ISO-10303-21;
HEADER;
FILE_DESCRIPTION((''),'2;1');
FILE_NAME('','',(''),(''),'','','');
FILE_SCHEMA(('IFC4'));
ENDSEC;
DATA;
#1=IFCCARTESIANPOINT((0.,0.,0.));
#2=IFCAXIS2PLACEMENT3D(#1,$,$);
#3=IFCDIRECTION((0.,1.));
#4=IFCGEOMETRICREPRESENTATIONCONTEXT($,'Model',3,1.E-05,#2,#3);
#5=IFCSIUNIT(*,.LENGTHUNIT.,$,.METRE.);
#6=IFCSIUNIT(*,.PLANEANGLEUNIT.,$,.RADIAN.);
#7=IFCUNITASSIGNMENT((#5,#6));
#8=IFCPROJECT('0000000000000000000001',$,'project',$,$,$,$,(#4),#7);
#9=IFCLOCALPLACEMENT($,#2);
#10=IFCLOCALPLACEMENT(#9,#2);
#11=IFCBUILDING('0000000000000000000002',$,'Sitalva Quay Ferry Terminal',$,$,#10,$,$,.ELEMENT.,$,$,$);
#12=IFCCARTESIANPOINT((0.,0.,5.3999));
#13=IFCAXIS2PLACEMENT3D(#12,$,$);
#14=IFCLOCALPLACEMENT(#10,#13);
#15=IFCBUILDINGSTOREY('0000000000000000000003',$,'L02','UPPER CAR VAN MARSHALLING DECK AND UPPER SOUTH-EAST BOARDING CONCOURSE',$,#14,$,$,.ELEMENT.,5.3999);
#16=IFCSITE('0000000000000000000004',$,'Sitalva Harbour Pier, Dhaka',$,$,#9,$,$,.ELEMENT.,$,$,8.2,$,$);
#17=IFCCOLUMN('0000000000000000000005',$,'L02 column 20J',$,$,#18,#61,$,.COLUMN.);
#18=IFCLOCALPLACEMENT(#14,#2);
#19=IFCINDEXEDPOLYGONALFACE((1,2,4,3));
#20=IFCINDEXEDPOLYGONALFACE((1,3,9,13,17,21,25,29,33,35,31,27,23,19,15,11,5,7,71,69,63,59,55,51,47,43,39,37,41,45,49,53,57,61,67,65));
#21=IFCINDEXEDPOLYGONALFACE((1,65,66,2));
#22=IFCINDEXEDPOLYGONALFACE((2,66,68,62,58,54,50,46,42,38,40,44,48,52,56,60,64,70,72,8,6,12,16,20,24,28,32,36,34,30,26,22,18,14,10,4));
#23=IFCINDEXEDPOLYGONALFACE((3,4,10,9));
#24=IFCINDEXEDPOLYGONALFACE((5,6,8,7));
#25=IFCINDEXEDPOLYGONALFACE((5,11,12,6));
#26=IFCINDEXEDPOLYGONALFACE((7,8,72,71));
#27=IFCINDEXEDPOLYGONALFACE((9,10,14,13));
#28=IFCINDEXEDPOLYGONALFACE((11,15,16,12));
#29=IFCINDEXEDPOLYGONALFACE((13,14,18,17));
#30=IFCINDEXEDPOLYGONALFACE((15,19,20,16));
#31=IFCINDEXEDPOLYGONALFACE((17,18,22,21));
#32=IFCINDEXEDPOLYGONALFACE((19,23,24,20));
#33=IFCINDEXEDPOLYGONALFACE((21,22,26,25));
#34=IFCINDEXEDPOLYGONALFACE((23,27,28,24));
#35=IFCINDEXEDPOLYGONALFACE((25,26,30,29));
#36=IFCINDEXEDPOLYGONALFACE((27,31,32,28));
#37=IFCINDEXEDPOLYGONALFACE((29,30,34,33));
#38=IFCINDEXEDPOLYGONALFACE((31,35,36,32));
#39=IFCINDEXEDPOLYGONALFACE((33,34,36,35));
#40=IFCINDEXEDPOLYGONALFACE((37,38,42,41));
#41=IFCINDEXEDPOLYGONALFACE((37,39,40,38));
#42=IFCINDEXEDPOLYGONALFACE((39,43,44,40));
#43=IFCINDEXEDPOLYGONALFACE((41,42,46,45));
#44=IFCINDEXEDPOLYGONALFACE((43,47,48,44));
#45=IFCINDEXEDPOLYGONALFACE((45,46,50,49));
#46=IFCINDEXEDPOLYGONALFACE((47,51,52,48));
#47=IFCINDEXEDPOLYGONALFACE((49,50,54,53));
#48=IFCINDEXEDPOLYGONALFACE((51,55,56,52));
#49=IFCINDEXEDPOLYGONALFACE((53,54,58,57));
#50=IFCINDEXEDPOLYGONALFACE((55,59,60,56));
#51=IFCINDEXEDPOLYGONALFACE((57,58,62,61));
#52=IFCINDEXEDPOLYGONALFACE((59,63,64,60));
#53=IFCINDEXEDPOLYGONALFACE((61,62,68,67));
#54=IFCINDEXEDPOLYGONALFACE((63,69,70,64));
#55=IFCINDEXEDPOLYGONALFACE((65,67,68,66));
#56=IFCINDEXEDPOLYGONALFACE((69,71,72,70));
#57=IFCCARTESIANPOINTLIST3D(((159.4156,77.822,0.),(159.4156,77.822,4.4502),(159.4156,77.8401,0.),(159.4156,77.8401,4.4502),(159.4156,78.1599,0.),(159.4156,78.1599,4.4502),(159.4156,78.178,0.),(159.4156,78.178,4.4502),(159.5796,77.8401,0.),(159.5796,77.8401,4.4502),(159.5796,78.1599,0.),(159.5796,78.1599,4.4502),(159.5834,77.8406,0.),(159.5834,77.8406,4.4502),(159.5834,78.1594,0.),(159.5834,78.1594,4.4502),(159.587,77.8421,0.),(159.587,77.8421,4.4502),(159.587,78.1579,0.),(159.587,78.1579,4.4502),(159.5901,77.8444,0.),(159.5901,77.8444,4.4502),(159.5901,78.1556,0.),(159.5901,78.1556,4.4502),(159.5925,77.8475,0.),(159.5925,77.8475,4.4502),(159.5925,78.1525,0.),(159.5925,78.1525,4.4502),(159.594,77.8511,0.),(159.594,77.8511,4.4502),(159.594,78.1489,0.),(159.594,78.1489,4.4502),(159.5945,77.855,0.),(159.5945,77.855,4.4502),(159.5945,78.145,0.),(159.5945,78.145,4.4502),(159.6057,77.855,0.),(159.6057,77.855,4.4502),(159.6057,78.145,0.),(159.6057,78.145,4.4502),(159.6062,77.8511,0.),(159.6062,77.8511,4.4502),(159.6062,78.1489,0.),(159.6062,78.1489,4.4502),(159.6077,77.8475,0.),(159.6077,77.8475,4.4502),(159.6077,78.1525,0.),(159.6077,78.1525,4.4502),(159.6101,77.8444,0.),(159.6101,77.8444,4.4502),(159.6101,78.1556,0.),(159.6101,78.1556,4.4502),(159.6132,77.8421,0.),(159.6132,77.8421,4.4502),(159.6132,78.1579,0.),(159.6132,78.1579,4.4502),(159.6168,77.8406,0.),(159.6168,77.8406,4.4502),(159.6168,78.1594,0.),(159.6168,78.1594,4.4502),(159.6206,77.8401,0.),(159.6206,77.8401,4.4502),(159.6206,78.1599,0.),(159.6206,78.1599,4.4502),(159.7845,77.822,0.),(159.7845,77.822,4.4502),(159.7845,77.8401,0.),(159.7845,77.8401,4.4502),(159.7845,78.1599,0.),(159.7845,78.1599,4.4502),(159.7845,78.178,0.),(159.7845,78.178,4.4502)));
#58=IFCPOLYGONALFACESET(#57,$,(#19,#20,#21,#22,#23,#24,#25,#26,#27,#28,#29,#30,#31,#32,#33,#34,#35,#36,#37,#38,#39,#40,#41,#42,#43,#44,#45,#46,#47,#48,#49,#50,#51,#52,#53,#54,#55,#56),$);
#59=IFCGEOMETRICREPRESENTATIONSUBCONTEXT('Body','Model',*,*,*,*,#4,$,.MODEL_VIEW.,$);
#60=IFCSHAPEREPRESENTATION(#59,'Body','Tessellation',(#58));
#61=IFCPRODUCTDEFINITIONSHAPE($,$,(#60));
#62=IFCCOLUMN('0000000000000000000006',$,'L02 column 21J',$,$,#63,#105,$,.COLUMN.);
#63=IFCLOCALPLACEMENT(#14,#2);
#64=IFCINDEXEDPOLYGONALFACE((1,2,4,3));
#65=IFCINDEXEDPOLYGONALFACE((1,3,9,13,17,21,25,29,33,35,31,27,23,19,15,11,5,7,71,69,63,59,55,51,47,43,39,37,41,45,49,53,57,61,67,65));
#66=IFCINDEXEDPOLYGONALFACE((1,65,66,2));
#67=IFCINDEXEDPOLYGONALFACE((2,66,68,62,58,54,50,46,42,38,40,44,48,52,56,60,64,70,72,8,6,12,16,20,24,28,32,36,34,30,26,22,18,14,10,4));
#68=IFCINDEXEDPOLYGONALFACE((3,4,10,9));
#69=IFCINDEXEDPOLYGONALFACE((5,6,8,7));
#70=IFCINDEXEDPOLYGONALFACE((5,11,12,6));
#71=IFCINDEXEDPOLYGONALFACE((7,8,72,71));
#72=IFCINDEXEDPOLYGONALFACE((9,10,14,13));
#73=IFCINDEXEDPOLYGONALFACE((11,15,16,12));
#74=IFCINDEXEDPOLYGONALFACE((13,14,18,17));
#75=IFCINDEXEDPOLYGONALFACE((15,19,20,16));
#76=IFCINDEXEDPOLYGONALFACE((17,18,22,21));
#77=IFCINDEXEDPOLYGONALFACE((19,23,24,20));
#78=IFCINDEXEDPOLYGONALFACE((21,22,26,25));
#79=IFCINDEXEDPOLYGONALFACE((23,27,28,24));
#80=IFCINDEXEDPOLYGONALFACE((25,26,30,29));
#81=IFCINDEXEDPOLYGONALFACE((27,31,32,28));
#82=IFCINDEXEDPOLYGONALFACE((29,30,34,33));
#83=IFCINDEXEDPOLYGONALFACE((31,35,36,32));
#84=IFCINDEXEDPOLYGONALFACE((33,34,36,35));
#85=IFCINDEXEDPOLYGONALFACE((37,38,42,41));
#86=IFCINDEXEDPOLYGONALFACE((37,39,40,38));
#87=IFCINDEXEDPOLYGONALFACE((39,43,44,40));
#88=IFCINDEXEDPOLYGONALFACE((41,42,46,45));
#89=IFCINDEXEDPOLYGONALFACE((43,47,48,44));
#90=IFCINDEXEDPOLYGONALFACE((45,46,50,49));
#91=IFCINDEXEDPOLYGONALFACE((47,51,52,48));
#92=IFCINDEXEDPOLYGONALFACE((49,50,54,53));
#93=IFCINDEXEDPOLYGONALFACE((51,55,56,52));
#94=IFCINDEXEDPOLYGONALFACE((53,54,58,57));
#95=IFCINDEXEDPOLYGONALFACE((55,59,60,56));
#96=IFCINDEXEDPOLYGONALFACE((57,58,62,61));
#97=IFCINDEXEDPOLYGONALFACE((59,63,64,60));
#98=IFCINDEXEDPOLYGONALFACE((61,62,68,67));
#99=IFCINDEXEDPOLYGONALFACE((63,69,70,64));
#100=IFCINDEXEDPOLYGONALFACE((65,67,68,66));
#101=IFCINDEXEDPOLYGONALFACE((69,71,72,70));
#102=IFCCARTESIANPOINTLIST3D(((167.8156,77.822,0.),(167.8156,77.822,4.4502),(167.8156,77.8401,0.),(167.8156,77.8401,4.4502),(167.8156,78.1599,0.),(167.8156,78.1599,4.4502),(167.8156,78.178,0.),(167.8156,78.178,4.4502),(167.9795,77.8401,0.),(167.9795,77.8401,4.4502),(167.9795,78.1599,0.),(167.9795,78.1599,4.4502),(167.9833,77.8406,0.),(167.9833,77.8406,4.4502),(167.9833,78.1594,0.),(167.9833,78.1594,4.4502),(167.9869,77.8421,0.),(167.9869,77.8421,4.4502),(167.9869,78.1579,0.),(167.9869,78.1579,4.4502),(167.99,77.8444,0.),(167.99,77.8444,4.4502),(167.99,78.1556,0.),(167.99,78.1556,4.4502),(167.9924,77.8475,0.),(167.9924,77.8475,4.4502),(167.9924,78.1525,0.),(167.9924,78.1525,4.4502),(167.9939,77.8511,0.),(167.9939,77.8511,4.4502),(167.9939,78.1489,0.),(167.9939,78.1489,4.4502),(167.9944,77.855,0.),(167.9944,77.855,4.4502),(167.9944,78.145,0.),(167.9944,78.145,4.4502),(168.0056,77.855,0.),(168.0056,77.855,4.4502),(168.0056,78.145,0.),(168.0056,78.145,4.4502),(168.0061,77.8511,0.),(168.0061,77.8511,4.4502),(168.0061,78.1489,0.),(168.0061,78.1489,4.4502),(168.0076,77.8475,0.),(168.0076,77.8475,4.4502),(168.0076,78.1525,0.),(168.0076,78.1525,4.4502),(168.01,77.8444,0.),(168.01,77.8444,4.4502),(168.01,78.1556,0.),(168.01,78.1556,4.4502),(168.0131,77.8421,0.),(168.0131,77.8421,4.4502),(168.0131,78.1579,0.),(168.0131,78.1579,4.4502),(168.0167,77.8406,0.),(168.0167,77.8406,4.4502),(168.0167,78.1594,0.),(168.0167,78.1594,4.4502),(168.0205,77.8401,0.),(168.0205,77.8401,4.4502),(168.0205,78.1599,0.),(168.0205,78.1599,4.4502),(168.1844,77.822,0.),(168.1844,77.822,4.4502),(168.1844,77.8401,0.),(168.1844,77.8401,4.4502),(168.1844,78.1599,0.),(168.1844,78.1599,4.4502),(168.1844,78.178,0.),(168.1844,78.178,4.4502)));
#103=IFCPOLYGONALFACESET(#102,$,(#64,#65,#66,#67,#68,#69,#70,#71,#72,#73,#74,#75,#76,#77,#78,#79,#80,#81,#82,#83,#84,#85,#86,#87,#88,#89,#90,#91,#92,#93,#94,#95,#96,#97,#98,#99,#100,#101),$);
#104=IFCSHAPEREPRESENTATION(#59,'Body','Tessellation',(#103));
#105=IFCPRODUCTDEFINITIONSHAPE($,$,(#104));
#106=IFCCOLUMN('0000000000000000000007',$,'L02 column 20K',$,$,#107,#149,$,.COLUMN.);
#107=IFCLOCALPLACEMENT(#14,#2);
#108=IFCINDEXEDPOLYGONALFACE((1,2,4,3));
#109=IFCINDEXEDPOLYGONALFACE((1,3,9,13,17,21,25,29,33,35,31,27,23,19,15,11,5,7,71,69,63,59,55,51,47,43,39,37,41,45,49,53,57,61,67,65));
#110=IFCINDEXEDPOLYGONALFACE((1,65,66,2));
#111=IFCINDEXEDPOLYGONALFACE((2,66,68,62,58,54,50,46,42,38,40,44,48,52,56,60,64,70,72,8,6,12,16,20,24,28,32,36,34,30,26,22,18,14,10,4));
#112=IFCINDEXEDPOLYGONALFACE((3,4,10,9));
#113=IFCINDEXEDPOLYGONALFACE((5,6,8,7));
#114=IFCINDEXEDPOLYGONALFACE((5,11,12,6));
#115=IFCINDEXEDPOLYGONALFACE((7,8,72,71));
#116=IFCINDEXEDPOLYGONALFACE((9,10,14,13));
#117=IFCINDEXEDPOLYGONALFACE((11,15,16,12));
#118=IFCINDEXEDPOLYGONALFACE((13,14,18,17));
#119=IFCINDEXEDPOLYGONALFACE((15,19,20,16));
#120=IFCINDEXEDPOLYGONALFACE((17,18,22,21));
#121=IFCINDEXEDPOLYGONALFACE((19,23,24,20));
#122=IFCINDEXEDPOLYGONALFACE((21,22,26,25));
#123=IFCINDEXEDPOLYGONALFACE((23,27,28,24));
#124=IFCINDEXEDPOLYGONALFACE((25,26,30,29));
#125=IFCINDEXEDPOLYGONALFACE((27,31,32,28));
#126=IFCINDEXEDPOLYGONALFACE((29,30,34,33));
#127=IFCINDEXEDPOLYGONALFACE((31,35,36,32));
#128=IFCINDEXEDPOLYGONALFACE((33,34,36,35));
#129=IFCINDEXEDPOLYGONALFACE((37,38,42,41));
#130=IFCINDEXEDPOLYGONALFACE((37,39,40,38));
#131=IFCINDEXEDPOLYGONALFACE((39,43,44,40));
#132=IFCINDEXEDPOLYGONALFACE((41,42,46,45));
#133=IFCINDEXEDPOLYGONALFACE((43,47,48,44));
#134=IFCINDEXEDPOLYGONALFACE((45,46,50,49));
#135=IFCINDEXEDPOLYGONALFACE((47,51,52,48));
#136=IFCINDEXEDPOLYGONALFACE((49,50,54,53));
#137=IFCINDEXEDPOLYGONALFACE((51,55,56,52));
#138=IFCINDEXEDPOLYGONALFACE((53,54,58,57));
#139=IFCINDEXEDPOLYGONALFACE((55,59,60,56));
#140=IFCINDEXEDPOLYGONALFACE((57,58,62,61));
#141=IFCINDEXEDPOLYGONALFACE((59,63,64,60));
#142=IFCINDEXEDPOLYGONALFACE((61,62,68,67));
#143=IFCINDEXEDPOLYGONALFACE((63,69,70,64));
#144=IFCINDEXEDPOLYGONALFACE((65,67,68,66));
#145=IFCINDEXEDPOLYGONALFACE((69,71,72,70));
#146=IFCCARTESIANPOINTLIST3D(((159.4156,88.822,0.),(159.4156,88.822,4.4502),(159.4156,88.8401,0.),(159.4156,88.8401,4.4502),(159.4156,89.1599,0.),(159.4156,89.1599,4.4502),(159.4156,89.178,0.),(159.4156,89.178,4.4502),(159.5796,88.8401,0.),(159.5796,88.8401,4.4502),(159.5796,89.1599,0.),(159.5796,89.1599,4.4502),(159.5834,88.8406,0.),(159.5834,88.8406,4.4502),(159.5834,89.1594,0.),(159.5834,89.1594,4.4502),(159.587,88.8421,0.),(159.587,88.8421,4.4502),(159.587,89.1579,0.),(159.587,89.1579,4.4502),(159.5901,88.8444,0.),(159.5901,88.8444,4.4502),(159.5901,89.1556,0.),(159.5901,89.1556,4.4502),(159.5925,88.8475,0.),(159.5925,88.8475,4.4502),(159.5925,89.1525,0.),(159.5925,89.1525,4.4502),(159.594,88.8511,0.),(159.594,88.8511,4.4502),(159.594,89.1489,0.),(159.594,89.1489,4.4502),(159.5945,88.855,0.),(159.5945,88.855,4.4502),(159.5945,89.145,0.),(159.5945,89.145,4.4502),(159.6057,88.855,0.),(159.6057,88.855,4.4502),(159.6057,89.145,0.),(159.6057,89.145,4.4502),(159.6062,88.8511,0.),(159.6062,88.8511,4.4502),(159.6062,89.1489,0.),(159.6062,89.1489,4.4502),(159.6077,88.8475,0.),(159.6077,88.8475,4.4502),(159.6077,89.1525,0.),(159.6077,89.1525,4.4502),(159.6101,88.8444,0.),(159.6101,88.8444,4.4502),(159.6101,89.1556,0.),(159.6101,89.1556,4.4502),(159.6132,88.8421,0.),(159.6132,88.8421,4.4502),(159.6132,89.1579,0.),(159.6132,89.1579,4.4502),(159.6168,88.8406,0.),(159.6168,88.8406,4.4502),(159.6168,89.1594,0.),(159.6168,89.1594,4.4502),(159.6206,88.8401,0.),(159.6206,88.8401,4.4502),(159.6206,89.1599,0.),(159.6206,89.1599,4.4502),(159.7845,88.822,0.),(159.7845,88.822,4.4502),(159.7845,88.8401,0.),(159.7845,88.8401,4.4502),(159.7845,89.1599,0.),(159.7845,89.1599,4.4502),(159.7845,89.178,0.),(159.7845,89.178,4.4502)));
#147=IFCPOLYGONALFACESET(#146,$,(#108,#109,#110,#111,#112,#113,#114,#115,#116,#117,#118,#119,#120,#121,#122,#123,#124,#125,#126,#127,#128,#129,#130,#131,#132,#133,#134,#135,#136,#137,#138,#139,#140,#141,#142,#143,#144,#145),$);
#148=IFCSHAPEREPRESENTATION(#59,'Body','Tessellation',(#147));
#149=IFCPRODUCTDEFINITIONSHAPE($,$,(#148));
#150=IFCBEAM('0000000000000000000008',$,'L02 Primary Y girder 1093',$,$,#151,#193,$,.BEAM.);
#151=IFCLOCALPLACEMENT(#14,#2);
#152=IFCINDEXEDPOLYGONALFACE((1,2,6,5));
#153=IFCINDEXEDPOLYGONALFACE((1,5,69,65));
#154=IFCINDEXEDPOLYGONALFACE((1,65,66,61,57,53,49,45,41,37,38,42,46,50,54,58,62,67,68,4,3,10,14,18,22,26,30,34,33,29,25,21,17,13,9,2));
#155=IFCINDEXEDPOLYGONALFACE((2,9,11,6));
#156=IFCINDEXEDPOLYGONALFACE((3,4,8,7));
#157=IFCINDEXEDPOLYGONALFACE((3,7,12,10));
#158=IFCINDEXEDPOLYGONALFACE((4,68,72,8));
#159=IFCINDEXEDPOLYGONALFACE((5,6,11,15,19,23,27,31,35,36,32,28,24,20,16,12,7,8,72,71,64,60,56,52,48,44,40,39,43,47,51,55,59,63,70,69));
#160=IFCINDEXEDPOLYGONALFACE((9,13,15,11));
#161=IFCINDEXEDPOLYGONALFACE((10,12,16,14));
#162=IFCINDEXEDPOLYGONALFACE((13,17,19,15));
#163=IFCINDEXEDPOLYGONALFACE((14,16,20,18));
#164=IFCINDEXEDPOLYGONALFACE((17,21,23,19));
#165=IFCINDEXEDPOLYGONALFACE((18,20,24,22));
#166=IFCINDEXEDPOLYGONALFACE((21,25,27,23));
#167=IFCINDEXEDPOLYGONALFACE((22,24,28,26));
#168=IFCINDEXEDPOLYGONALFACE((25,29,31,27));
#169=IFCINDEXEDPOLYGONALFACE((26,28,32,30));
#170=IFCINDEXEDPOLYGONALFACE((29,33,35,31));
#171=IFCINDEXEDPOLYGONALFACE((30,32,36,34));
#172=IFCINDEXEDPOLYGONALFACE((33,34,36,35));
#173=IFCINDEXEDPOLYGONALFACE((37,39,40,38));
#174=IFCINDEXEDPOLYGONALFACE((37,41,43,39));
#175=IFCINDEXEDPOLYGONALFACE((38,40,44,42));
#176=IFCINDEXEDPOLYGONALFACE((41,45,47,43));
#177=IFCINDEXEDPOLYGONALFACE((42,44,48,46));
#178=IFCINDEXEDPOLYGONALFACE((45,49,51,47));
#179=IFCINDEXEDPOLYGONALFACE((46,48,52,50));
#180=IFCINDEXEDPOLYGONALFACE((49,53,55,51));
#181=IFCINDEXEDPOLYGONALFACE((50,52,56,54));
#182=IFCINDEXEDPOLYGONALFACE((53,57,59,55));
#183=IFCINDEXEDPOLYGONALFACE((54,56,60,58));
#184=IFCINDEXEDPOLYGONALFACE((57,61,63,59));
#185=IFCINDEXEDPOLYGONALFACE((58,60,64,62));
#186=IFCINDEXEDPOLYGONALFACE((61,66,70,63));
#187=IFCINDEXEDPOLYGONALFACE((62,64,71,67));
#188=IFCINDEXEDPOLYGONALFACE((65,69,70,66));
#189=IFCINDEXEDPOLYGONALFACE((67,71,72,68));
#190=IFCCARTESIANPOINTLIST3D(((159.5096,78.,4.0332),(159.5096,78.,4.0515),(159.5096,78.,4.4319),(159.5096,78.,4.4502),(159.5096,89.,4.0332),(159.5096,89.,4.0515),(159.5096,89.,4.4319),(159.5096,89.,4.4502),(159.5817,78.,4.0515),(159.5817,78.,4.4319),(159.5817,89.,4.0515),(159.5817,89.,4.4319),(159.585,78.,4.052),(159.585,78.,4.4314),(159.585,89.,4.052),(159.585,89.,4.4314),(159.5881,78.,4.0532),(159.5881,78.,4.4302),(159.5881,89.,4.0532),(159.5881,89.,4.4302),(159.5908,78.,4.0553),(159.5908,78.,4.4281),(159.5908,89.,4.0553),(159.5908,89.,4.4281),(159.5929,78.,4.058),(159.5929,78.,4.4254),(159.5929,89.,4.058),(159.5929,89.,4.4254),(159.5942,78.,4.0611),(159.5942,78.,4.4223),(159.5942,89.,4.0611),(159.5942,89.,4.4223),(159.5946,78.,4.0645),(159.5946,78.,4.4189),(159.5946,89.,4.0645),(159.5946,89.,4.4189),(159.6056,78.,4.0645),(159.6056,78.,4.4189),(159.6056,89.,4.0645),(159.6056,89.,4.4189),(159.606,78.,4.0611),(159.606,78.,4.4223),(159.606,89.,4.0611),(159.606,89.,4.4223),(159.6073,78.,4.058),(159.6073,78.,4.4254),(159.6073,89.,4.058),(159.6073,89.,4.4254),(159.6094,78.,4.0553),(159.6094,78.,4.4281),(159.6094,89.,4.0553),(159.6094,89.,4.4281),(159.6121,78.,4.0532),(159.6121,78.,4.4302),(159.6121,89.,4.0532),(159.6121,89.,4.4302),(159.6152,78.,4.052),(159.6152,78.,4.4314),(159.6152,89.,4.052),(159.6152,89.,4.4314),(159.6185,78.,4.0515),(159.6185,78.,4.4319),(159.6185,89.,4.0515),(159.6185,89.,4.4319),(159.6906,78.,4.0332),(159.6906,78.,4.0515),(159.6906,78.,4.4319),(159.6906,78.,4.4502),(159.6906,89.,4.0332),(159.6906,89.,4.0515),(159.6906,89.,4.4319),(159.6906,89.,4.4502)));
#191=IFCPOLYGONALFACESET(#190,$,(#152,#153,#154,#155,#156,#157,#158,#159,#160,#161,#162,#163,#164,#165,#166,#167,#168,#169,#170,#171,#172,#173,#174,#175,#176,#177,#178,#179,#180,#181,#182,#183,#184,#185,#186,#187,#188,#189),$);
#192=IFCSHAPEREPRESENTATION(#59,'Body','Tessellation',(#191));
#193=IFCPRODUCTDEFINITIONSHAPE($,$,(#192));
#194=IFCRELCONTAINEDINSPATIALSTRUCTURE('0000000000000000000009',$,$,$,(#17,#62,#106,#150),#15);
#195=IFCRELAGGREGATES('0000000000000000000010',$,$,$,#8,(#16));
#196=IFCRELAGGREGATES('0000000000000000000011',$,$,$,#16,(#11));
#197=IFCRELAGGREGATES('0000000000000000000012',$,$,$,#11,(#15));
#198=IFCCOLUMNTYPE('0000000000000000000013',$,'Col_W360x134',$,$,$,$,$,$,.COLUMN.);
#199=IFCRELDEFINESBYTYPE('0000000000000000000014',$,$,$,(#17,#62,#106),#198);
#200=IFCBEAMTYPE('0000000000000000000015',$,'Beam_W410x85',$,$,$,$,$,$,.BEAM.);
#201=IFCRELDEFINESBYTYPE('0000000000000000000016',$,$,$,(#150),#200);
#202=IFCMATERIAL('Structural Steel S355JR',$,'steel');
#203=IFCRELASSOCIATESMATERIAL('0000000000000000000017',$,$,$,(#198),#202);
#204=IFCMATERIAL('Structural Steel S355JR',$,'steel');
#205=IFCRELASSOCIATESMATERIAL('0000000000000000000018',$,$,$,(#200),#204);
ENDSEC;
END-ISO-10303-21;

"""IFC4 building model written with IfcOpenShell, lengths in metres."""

from ifc_helpers import new_model, si_unit, direction, frame, origin, origin_2d, place, context, subcontext, project, spatial, i_section, extrude, material, material_profile, profile_set, type_object, element, save


model = new_model("IFC4")

# Units and contexts
model_context = context("Model", 3, precision=1e-05, world=origin(), true_north=direction((0.0, 1.0)))
body_context = subcontext(model_context, "Body", "Model", "MODEL_VIEW")
ifc_project = project(units=[si_unit("LENGTHUNIT", "METRE"), si_unit("PLANEANGLEUNIT", "RADIAN")], contexts=[model_context])

# Site, building, storey
site_placement = place(None, origin())
site = spatial("IfcSite", under=ifc_project, at=site_placement, Name="Sitalva Harbour Pier, Dhaka", CompositionType="ELEMENT", RefElevation=8.2)
building_placement = place(site_placement, origin())
building = spatial("IfcBuilding", under=site, at=building_placement, Name="Sitalva Quay Ferry Terminal", CompositionType="ELEMENT")
storey_placement = place(building_placement, frame((0.0, 0.0, 5.3999)))
storey = spatial("IfcBuildingStorey", under=building, at=storey_placement, Name="L02", Description="UPPER CAR VAN MARSHALLING DECK AND UPPER SOUTH-EAST BOARDING CONCOURSE", CompositionType="ELEMENT", Elevation=5.3999)

# Columns
ifc_material_1 = material(Name="Structural Steel S355JR", Category="steel")
ifc_material_profile_1 = material_profile(ifc_material_1, i_section(OverallWidth=0.3689, OverallDepth=0.356, WebThickness=0.0112, FlangeThickness=0.0181, FilletRadius=0.0149, at=origin_2d()), Name="W360x134")
ifc_profile_set_1 = profile_set([ifc_material_profile_1], Name="Structural Steel S355JR")
column_type = type_object("IfcColumnType", Name="Col_W360x134", PredefinedType="COLUMN", material=ifc_profile_set_1)
for number, where, z_axis, x_axis, name in (
    (1, (159.6001, 78.0, 0.0), (0.0, 0.0, 1.0), (1.0, 0.0, 0.0), "L02 column 20J"),
    (2, (168.0, 78.0, 0.0), (0.0, 0.0, 1.0), (1.0, 0.0, 0.0), "L02 column 21J"),
    (3, (159.6001, 89.0, 0.0), (0.0, 0.0, 1.0), (1.0, 0.0, 0.0), "L02 column 20K"),
):
    element("IfcColumn", number, at=place(storey_placement, frame(where, z_axis=z_axis, x_axis=x_axis)), inside=storey, type_object=column_type, Name=name, PredefinedType="COLUMN", context=body_context, shape_type="SweptSolid", body=[
        extrude(i_section(OverallWidth=0.3689, OverallDepth=0.356, WebThickness=0.0112, FlangeThickness=0.0181, FilletRadius=0.0149, at=origin_2d()), origin(), (0.0, 0.0, 1.0), 4.4502),
    ])

# Beam
ifc_material_2 = material(Name="Structural Steel S355JR", Category="steel")
ifc_material_profile_2 = material_profile(ifc_material_2, i_section(OverallWidth=0.1809, OverallDepth=0.417, WebThickness=0.011, FlangeThickness=0.0183, FilletRadius=0.0129, at=origin_2d()), Name="W410x85")
ifc_profile_set_2 = profile_set([ifc_material_profile_2], Name="Structural Steel S355JR")
beam_type_1 = type_object("IfcBeamType", Name="Beam_W410x85", PredefinedType="BEAM", material=ifc_profile_set_2)
for number, where, z_axis, x_axis, name in (
    (4, (159.6001, 78.0, 4.2417), (0.0, 1.0, 0.0), (-1.0, 0.0, 0.0), "L02 Primary Y girder 1093"),
):
    element("IfcBeam", number, at=place(storey_placement, frame(where, z_axis=z_axis, x_axis=x_axis)), inside=storey, type_object=beam_type_1, Name=name, PredefinedType="BEAM", context=body_context, shape_type="SweptSolid", body=[
        extrude(i_section(OverallWidth=0.1809, OverallDepth=0.417, WebThickness=0.011, FlangeThickness=0.0183, FilletRadius=0.0129, at=origin_2d()), origin(), (0.0, 0.0, 1.0), 11.0),
    ])

save(model, "model.ifc")
